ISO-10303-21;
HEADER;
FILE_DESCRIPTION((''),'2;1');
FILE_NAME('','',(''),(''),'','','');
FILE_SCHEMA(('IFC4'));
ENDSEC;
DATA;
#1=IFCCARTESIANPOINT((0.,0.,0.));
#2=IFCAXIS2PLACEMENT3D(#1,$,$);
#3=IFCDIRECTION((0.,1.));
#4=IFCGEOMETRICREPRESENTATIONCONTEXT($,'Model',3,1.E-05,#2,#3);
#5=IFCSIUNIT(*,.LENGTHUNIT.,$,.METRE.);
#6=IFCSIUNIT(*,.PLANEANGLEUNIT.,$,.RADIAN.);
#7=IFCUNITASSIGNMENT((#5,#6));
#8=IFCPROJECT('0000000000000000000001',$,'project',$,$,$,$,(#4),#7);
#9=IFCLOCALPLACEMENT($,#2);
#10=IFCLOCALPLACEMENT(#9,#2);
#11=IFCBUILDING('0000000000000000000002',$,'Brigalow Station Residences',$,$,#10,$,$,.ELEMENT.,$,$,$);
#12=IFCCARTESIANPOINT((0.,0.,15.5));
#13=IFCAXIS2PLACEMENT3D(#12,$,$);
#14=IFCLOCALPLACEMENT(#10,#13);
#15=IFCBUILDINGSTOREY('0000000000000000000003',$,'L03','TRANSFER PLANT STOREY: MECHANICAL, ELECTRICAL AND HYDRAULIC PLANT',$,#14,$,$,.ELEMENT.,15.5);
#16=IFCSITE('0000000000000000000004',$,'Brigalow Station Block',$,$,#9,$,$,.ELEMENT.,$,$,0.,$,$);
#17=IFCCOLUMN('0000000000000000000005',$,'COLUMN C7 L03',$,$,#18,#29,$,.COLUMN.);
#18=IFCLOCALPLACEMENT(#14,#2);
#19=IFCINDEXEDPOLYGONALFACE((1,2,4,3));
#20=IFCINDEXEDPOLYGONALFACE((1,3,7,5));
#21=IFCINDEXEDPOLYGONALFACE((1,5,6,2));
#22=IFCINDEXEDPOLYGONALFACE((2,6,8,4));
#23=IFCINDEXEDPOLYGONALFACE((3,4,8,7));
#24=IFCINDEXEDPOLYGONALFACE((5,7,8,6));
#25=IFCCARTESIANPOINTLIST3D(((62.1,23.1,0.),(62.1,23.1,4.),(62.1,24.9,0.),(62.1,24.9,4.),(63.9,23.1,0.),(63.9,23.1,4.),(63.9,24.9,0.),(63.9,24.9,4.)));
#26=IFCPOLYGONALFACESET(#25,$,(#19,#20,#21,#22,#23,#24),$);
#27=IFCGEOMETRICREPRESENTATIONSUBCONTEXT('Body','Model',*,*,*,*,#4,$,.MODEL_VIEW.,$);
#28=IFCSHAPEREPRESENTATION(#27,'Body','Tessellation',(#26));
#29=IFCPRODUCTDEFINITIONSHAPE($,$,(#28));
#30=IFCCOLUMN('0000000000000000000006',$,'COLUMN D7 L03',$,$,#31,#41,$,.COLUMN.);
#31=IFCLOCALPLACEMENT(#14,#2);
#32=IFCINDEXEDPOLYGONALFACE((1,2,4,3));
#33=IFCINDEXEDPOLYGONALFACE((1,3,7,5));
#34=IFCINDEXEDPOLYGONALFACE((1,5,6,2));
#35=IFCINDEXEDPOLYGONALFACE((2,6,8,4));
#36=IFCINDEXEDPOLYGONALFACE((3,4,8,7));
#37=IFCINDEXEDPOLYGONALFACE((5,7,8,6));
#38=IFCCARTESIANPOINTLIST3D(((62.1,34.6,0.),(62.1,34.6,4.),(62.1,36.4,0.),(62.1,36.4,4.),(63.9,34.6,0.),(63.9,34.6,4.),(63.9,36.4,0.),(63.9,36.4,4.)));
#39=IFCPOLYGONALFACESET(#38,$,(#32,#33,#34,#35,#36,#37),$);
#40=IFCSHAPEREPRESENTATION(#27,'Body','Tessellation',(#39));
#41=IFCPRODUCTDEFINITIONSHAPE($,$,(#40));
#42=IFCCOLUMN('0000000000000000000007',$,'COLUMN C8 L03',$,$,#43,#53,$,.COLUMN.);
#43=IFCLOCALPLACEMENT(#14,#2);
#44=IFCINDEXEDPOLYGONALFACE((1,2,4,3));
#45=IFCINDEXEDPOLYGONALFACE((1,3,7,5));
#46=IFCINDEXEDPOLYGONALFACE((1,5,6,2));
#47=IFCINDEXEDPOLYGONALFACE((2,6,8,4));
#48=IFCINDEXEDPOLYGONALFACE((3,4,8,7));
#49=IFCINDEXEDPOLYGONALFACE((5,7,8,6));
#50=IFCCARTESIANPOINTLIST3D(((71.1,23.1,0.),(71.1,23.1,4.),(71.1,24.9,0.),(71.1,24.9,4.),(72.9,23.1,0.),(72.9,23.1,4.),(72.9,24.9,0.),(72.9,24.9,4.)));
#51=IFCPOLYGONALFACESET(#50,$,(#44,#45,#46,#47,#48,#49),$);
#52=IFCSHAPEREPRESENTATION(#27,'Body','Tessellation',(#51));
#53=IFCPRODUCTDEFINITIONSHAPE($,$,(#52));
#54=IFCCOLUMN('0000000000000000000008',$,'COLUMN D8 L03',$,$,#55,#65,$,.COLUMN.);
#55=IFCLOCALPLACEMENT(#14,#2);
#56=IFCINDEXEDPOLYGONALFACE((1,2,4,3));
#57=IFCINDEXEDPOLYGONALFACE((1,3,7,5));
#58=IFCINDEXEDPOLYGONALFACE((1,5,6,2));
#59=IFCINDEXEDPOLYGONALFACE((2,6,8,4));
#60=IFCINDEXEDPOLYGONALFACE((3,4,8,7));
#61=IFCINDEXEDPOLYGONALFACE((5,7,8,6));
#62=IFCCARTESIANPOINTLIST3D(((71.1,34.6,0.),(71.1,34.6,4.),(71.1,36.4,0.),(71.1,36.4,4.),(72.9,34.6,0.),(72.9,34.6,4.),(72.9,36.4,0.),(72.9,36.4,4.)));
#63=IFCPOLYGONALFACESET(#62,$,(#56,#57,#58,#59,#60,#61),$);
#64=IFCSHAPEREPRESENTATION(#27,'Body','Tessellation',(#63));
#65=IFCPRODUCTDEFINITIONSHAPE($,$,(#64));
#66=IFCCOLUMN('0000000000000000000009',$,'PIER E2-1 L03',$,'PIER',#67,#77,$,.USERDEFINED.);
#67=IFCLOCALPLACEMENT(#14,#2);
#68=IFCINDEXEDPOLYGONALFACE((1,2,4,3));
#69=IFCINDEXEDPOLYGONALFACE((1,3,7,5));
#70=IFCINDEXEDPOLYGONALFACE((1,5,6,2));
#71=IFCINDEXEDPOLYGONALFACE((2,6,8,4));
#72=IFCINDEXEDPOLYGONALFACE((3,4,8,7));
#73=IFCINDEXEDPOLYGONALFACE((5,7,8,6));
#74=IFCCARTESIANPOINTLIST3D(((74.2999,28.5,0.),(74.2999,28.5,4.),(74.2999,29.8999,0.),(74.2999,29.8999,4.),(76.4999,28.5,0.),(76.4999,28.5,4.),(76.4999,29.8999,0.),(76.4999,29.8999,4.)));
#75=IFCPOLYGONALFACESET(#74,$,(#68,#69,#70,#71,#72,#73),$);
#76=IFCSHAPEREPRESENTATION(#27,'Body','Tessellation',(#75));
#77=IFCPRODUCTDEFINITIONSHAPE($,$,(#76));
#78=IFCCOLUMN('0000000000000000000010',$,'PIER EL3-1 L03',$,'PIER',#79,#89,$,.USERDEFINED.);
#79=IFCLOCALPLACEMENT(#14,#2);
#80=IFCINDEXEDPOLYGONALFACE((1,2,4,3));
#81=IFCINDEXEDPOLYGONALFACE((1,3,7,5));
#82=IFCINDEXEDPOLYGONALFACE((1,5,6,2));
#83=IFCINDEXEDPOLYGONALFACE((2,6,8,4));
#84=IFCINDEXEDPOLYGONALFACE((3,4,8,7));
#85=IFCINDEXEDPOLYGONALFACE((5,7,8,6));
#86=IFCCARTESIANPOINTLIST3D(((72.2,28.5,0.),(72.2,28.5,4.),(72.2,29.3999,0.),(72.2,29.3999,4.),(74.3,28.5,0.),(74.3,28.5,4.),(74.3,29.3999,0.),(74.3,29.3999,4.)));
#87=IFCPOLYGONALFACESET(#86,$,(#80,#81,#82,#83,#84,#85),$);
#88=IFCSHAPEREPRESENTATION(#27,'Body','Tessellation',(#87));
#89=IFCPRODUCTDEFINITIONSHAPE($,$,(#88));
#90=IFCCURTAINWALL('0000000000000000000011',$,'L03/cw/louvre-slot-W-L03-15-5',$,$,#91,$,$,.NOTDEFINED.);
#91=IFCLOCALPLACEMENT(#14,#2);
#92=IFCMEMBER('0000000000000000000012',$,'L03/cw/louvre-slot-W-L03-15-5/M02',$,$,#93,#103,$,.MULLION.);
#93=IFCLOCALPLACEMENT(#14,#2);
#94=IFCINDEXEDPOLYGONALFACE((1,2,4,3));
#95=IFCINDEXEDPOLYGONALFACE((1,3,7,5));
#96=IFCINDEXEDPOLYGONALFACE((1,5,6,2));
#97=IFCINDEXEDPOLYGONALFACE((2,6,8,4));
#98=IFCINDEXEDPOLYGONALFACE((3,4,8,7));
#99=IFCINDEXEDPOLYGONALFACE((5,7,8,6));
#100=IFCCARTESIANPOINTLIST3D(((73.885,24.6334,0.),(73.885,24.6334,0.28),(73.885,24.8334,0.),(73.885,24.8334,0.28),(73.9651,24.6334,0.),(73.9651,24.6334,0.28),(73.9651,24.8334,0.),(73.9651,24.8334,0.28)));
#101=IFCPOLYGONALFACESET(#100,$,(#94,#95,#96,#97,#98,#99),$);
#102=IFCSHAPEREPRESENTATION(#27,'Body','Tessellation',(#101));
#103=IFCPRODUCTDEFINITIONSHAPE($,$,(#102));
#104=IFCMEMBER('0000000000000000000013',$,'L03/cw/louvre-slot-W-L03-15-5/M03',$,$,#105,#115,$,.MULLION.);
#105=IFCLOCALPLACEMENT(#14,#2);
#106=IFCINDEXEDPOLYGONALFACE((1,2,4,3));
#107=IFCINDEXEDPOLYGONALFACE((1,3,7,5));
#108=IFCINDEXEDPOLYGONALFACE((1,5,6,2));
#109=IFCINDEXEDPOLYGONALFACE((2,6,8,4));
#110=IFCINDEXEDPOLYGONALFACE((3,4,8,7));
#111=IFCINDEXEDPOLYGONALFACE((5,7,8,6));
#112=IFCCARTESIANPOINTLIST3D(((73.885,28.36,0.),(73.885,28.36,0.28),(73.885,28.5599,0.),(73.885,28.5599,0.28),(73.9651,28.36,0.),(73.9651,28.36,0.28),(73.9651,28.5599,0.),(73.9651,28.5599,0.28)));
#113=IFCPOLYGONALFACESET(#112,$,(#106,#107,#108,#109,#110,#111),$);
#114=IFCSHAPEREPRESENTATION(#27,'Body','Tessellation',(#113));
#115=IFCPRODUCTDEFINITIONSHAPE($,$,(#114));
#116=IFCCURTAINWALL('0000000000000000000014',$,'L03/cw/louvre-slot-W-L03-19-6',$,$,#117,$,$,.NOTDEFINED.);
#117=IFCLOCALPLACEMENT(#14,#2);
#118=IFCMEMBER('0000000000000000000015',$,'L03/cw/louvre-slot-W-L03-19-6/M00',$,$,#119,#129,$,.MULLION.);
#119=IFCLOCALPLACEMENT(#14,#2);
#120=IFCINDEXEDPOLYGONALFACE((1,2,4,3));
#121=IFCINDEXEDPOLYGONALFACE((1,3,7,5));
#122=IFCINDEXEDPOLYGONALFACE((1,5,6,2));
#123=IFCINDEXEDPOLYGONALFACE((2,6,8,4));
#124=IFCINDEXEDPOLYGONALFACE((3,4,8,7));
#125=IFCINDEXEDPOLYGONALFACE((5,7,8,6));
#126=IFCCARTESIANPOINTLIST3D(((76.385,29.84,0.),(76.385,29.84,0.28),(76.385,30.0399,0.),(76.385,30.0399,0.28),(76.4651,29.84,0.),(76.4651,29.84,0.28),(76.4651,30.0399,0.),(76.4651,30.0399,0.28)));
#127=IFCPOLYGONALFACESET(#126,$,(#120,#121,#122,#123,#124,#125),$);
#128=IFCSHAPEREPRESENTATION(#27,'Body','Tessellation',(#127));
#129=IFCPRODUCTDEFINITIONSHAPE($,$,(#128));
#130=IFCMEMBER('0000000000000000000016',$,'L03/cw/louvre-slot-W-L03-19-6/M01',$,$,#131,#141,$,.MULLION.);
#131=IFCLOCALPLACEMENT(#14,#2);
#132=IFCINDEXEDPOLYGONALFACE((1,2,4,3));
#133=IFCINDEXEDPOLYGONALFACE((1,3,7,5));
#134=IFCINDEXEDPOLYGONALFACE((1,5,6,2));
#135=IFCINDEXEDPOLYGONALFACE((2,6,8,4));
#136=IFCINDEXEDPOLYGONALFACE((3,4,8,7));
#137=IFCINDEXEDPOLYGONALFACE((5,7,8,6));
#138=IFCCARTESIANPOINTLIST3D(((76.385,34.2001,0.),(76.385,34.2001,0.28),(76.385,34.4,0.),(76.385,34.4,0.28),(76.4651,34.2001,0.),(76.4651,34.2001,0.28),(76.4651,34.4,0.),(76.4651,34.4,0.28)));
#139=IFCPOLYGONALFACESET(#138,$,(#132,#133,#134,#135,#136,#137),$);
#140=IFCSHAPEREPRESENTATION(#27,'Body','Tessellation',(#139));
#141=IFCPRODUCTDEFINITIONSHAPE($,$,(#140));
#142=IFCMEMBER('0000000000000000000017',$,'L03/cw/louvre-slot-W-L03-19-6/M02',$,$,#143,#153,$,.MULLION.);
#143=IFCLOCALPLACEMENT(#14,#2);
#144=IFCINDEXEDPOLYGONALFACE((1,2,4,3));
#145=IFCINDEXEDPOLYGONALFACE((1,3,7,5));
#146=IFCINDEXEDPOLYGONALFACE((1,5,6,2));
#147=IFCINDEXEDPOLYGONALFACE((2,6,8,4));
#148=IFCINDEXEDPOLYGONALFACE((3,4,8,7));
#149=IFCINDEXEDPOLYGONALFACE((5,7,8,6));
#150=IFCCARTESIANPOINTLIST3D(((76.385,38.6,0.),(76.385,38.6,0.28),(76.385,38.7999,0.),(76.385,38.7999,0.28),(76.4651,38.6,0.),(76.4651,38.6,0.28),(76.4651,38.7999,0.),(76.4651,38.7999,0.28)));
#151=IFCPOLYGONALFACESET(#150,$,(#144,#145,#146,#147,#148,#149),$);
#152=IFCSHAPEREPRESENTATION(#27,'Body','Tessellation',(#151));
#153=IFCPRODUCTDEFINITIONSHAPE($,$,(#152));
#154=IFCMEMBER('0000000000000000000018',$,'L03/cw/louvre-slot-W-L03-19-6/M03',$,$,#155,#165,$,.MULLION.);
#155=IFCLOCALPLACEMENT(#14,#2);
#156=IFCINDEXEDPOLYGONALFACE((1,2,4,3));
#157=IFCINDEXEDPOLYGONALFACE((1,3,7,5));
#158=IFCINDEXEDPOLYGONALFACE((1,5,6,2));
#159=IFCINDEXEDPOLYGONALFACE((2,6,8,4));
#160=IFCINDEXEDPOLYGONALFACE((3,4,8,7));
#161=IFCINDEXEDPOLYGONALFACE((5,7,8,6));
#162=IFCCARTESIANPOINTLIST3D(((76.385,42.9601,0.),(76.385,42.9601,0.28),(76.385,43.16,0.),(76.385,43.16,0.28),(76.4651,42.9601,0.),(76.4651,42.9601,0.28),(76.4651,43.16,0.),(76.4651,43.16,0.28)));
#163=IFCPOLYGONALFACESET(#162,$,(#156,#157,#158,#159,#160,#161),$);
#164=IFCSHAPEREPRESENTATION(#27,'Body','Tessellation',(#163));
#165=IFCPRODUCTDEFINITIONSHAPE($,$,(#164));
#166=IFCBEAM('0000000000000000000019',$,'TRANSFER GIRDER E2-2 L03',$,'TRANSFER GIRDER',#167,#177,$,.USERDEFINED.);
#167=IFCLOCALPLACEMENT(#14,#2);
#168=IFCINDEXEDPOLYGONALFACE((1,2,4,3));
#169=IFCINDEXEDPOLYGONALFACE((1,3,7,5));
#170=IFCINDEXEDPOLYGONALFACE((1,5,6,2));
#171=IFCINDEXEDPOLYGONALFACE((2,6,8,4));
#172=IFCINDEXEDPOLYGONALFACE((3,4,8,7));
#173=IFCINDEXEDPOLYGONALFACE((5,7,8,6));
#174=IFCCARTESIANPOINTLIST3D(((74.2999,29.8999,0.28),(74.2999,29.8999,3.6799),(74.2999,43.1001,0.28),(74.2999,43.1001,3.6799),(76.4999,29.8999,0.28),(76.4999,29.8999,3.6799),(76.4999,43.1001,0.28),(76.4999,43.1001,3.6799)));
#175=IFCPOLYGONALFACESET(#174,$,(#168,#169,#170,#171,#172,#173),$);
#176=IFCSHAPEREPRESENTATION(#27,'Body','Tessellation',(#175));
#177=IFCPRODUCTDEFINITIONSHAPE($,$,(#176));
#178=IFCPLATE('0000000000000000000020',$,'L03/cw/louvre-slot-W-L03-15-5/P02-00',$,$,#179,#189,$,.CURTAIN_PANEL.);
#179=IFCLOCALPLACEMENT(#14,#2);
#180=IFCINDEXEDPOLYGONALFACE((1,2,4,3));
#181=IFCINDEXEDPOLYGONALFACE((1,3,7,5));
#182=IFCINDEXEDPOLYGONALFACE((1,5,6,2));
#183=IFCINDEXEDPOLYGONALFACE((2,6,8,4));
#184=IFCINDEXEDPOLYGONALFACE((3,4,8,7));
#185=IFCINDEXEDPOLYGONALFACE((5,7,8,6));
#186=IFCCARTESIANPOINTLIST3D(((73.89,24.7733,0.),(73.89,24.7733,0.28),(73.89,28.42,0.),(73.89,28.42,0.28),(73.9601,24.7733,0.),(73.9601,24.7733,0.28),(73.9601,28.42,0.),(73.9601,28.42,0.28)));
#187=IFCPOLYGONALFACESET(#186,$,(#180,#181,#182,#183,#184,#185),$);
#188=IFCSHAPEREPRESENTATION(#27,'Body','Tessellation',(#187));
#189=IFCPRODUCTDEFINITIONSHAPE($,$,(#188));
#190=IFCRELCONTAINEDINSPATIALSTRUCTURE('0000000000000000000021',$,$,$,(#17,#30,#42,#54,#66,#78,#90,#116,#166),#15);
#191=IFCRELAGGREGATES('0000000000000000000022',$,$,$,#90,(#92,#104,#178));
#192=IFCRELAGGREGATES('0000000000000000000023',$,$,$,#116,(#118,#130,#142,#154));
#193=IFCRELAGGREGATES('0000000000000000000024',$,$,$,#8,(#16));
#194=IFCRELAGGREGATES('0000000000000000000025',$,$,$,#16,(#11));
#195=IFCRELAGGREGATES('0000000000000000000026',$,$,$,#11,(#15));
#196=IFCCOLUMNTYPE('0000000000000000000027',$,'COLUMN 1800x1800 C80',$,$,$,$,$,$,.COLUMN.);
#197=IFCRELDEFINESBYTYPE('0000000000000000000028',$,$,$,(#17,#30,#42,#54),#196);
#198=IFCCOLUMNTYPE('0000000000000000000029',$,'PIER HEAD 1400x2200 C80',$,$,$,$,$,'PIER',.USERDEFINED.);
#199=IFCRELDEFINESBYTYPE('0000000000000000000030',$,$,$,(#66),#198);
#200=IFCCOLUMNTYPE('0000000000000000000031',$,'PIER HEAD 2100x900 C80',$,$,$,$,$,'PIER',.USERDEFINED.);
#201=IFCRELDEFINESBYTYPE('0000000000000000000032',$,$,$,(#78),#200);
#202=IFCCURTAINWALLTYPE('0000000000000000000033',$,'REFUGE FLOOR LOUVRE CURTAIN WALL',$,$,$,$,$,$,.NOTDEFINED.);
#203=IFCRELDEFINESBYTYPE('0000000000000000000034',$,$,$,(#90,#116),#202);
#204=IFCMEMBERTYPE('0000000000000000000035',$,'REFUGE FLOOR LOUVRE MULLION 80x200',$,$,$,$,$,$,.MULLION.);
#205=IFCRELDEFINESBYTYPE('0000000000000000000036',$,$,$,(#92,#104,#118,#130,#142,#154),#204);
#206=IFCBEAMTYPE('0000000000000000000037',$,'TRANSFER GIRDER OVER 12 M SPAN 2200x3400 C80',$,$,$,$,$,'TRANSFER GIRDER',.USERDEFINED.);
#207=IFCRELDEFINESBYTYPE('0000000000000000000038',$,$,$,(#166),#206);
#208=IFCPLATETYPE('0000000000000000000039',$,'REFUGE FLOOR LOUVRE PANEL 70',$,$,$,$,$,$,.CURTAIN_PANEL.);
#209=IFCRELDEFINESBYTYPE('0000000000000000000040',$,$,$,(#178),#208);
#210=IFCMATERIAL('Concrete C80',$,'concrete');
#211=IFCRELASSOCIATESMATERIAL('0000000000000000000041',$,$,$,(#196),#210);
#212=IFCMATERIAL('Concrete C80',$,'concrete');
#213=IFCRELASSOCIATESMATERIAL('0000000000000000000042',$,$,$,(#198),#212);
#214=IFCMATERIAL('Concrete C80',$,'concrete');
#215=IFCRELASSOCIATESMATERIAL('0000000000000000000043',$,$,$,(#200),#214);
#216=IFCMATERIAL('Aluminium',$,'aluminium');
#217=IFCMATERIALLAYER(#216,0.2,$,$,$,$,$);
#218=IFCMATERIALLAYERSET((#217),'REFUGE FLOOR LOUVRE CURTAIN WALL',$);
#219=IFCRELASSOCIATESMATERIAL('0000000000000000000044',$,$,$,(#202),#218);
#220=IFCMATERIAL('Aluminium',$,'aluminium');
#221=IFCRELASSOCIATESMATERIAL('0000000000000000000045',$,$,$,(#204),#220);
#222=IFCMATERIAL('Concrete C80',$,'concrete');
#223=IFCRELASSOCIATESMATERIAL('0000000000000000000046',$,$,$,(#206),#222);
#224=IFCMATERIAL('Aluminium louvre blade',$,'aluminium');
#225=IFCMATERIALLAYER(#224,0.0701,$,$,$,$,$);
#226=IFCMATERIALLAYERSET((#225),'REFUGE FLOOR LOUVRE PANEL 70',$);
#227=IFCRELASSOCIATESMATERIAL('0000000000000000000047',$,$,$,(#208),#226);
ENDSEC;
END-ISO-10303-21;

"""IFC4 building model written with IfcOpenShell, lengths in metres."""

from ifc_helpers import new_model, si_unit, direction, frame, origin, origin_2d, place, context, subcontext, project, spatial, rectangle, extrude, material, layer, layer_set, material_profile, profile_set, type_object, element, aggregate, save


model = new_model("IFC4")

# Units and contexts
model_context = context("Model", 3, precision=1e-05, world=origin(), true_north=direction((0.0, 1.0)))
body_context = subcontext(model_context, "Body", "Model", "MODEL_VIEW")
ifc_project = project(units=[si_unit("LENGTHUNIT", "METRE"), si_unit("PLANEANGLEUNIT", "RADIAN")], contexts=[model_context])

# Site, building, storey
site_placement = place(None, origin())
site = spatial("IfcSite", under=ifc_project, at=site_placement, Name="Brigalow Station Block", CompositionType="ELEMENT", RefElevation=0.0)
building_placement = place(site_placement, origin())
building = spatial("IfcBuilding", under=site, at=building_placement, Name="Brigalow Station Residences", CompositionType="ELEMENT")
storey_placement = place(building_placement, frame((0.0, 0.0, 15.5)))
storey = spatial("IfcBuildingStorey", under=building, at=storey_placement, Name="L03", Description="TRANSFER PLANT STOREY: MECHANICAL, ELECTRICAL AND HYDRAULIC PLANT", CompositionType="ELEMENT", Elevation=15.5)

# Columns
ifc_material_1 = material(Name="Concrete C80", Category="concrete")
ifc_material_profile_1 = material_profile(ifc_material_1, rectangle(XDim=1.8, YDim=1.8, at=origin_2d()), Name="RC1800x1800")
ifc_profile_set_1 = profile_set([ifc_material_profile_1], Name="Concrete C80")
column_type_1 = type_object("IfcColumnType", Name="COLUMN 1800x1800 C80", PredefinedType="COLUMN", material=ifc_profile_set_1)
for number, where, z_axis, x_axis, name in (
    (1, (63.0, 24.0, 0.0), (0.0, 0.0, 1.0), (1.0, 0.0, 0.0), "COLUMN C7 L03"),
    (2, (63.0, 35.5, 0.0), (0.0, 0.0, 1.0), (1.0, 0.0, 0.0), "COLUMN D7 L03"),
    (3, (72.0, 24.0, 0.0), (0.0, 0.0, 1.0), (1.0, 0.0, 0.0), "COLUMN C8 L03"),
    (4, (72.0, 35.5, 0.0), (0.0, 0.0, 1.0), (1.0, 0.0, 0.0), "COLUMN D8 L03"),
):
    element("IfcColumn", number, at=place(storey_placement, frame(where, z_axis=z_axis, x_axis=x_axis)), inside=storey, type_object=column_type_1, Name=name, PredefinedType="COLUMN", context=body_context, shape_type="SweptSolid", body=[
        extrude(rectangle(XDim=1.8, YDim=1.8, at=origin_2d()), origin(), (0.0, 0.0, 1.0), 4.0),
    ])
ifc_material_2 = material(Name="Concrete C80", Category="concrete")
ifc_material_profile_2 = material_profile(ifc_material_2, rectangle(XDim=1.3999, YDim=2.2, at=origin_2d()), Name="RC1400x2200")
ifc_profile_set_2 = profile_set([ifc_material_profile_2], Name="Concrete C80")
column_type_2 = type_object("IfcColumnType", Name="PIER HEAD 1400x2200 C80", ElementType="PIER", PredefinedType="USERDEFINED", material=ifc_profile_set_2)
column_1_placement = place(storey_placement, frame((75.3999, 29.2, 0.0), z_axis=(0.0, 0.0, 1.0), x_axis=(0.0, 1.0, 0.0)))
element("IfcColumn", 5, at=column_1_placement, inside=storey, type_object=column_type_2, Name="PIER E2-1 L03", ObjectType="PIER", PredefinedType="USERDEFINED", context=body_context, shape_type="SweptSolid", body=[
    extrude(rectangle(XDim=1.3999, YDim=2.2, at=origin_2d()), origin(), (0.0, 0.0, 1.0), 4.0),
])
ifc_material_3 = material(Name="Concrete C80", Category="concrete")
ifc_material_profile_3 = material_profile(ifc_material_3, rectangle(XDim=2.1001, YDim=0.8999, at=origin_2d()), Name="RC2100x900")
ifc_profile_set_3 = profile_set([ifc_material_profile_3], Name="Concrete C80")
column_type_3 = type_object("IfcColumnType", Name="PIER HEAD 2100x900 C80", ElementType="PIER", PredefinedType="USERDEFINED", material=ifc_profile_set_3)
column_2_placement = place(storey_placement, frame((73.25, 28.95, 0.0), z_axis=(0.0, 0.0, 1.0), x_axis=(1.0, 0.0, 0.0)))
element("IfcColumn", 6, at=column_2_placement, inside=storey, type_object=column_type_3, Name="PIER EL3-1 L03", ObjectType="PIER", PredefinedType="USERDEFINED", context=body_context, shape_type="SweptSolid", body=[
    extrude(rectangle(XDim=2.1001, YDim=0.8999, at=origin_2d()), origin(), (0.0, 0.0, 1.0), 4.0),
])

# Curtain walls, members
ifc_material_4 = material(Name="Aluminium", Category="aluminium")
ifc_layer_1 = layer(ifc_material_4, 0.2)
ifc_layer_set_1 = layer_set([ifc_layer_1], Name="REFUGE FLOOR LOUVRE CURTAIN WALL")
curtain_wall_type = type_object("IfcCurtainWallType", Name="REFUGE FLOOR LOUVRE CURTAIN WALL", PredefinedType="NOTDEFINED", material=ifc_layer_set_1)
curtain_wall_1_placement = place(storey_placement, origin())
curtain_wall_1 = element("IfcCurtainWall", 7, at=curtain_wall_1_placement, inside=storey, type_object=curtain_wall_type, Name="L03/cw/louvre-slot-W-L03-15-5", PredefinedType="NOTDEFINED")
ifc_material_5 = material(Name="Aluminium", Category="aluminium")
ifc_material_profile_4 = material_profile(ifc_material_5, rectangle(XDim=0.0801, YDim=0.2, at=origin_2d()), Name="REFUGE FLOOR LOUVRE MULLION 80x200")
ifc_profile_set_4 = profile_set([ifc_material_profile_4], Name="Aluminium")
member_type = type_object("IfcMemberType", Name="REFUGE FLOOR LOUVRE MULLION 80x200", PredefinedType="MULLION", material=ifc_profile_set_4)
member_1_placement = place(storey_placement, frame((73.925, 24.7334, 0.0), z_axis=(0.0, 0.0, 1.0), x_axis=(-1.0, 0.0, 0.0)))
member_1 = element("IfcMember", 8, at=member_1_placement, type_object=member_type, Name="L03/cw/louvre-slot-W-L03-15-5/M02", PredefinedType="MULLION", context=body_context, shape_type="SweptSolid", body=[
    extrude(rectangle(XDim=0.0801, YDim=0.2, at=origin_2d()), origin(), (0.0, 0.0, 1.0), 0.28),
])
member_2_placement = place(storey_placement, frame((73.925, 28.46, 0.0), z_axis=(0.0, 0.0, 1.0), x_axis=(-1.0, 0.0, 0.0)))
member_2 = element("IfcMember", 9, at=member_2_placement, type_object=member_type, Name="L03/cw/louvre-slot-W-L03-15-5/M03", PredefinedType="MULLION", context=body_context, shape_type="SweptSolid", body=[
    extrude(rectangle(XDim=0.0801, YDim=0.2, at=origin_2d()), origin(), (0.0, 0.0, 1.0), 0.28),
])
curtain_wall_2_placement = place(storey_placement, origin())
curtain_wall_2 = element("IfcCurtainWall", 10, at=curtain_wall_2_placement, inside=storey, type_object=curtain_wall_type, Name="L03/cw/louvre-slot-W-L03-19-6", PredefinedType="NOTDEFINED")
member_3_placement = place(storey_placement, frame((76.425, 29.9399, 0.0), z_axis=(0.0, 0.0, 1.0), x_axis=(-1.0, 0.0, 0.0)))
member_3 = element("IfcMember", 11, at=member_3_placement, type_object=member_type, Name="L03/cw/louvre-slot-W-L03-19-6/M00", PredefinedType="MULLION", context=body_context, shape_type="SweptSolid", body=[
    extrude(rectangle(XDim=0.0801, YDim=0.2, at=origin_2d()), origin(), (0.0, 0.0, 1.0), 0.28),
])
member_4_placement = place(storey_placement, frame((76.425, 34.3, 0.0), z_axis=(0.0, 0.0, 1.0), x_axis=(-1.0, 0.0, 0.0)))
member_4 = element("IfcMember", 12, at=member_4_placement, type_object=member_type, Name="L03/cw/louvre-slot-W-L03-19-6/M01", PredefinedType="MULLION", context=body_context, shape_type="SweptSolid", body=[
    extrude(rectangle(XDim=0.0801, YDim=0.2, at=origin_2d()), origin(), (0.0, 0.0, 1.0), 0.28),
])
member_5_placement = place(storey_placement, frame((76.425, 38.7, 0.0), z_axis=(0.0, 0.0, 1.0), x_axis=(-1.0, 0.0, 0.0)))
member_5 = element("IfcMember", 13, at=member_5_placement, type_object=member_type, Name="L03/cw/louvre-slot-W-L03-19-6/M02", PredefinedType="MULLION", context=body_context, shape_type="SweptSolid", body=[
    extrude(rectangle(XDim=0.0801, YDim=0.2, at=origin_2d()), origin(), (0.0, 0.0, 1.0), 0.28),
])
member_6_placement = place(storey_placement, frame((76.425, 43.0601, 0.0), z_axis=(0.0, 0.0, 1.0), x_axis=(-1.0, 0.0, 0.0)))
member_6 = element("IfcMember", 14, at=member_6_placement, type_object=member_type, Name="L03/cw/louvre-slot-W-L03-19-6/M03", PredefinedType="MULLION", context=body_context, shape_type="SweptSolid", body=[
    extrude(rectangle(XDim=0.0801, YDim=0.2, at=origin_2d()), origin(), (0.0, 0.0, 1.0), 0.28),
])

# Beam
ifc_material_6 = material(Name="Concrete C80", Category="concrete")
ifc_material_profile_5 = material_profile(ifc_material_6, rectangle(XDim=2.2, YDim=3.3999, at=origin_2d()), Name="RC2200x3400")
ifc_profile_set_5 = profile_set([ifc_material_profile_5], Name="Concrete C80")
beam_type = type_object("IfcBeamType", Name="TRANSFER GIRDER OVER 12 M SPAN 2200x3400 C80", ElementType="TRANSFER GIRDER", PredefinedType="USERDEFINED", material=ifc_profile_set_5)
beam_placement = place(storey_placement, frame((75.3999, 29.8999, 1.98), z_axis=(0.0, 1.0, 0.0), x_axis=(-1.0, 0.0, 0.0)))
element("IfcBeam", 15, at=beam_placement, inside=storey, type_object=beam_type, Name="TRANSFER GIRDER E2-2 L03", ObjectType="TRANSFER GIRDER", PredefinedType="USERDEFINED", context=body_context, shape_type="SweptSolid", body=[
    extrude(rectangle(XDim=2.2, YDim=3.3999, at=origin_2d()), origin(), (0.0, 0.0, 1.0), 13.2002),
])

# Plate
ifc_material_7 = material(Name="Aluminium louvre blade", Category="aluminium")
ifc_layer_2 = layer(ifc_material_7, 0.0701)
ifc_layer_set_2 = layer_set([ifc_layer_2], Name="REFUGE FLOOR LOUVRE PANEL 70")
plate_type = type_object("IfcPlateType", Name="REFUGE FLOOR LOUVRE PANEL 70", PredefinedType="CURTAIN_PANEL", material=ifc_layer_set_2)
plate_1_placement = place(storey_placement, frame((73.925, 26.5967, 0.0), z_axis=(0.0, 0.0, 1.0), x_axis=(0.0, 1.0, 0.0)))
plate_1 = element("IfcPlate", 16, at=plate_1_placement, type_object=plate_type, Name="L03/cw/louvre-slot-W-L03-15-5/P02-00", PredefinedType="CURTAIN_PANEL", context=body_context, shape_type="SweptSolid", body=[
    extrude(rectangle(XDim=3.6467, YDim=0.0701, at=origin_2d()), origin(), (0.0, 0.0, 1.0), 0.28),
])
aggregate(curtain_wall_1, [member_1, member_2, plate_1])
aggregate(curtain_wall_2, [member_3, member_4, member_5, member_6])

save(model, "model.ifc")
